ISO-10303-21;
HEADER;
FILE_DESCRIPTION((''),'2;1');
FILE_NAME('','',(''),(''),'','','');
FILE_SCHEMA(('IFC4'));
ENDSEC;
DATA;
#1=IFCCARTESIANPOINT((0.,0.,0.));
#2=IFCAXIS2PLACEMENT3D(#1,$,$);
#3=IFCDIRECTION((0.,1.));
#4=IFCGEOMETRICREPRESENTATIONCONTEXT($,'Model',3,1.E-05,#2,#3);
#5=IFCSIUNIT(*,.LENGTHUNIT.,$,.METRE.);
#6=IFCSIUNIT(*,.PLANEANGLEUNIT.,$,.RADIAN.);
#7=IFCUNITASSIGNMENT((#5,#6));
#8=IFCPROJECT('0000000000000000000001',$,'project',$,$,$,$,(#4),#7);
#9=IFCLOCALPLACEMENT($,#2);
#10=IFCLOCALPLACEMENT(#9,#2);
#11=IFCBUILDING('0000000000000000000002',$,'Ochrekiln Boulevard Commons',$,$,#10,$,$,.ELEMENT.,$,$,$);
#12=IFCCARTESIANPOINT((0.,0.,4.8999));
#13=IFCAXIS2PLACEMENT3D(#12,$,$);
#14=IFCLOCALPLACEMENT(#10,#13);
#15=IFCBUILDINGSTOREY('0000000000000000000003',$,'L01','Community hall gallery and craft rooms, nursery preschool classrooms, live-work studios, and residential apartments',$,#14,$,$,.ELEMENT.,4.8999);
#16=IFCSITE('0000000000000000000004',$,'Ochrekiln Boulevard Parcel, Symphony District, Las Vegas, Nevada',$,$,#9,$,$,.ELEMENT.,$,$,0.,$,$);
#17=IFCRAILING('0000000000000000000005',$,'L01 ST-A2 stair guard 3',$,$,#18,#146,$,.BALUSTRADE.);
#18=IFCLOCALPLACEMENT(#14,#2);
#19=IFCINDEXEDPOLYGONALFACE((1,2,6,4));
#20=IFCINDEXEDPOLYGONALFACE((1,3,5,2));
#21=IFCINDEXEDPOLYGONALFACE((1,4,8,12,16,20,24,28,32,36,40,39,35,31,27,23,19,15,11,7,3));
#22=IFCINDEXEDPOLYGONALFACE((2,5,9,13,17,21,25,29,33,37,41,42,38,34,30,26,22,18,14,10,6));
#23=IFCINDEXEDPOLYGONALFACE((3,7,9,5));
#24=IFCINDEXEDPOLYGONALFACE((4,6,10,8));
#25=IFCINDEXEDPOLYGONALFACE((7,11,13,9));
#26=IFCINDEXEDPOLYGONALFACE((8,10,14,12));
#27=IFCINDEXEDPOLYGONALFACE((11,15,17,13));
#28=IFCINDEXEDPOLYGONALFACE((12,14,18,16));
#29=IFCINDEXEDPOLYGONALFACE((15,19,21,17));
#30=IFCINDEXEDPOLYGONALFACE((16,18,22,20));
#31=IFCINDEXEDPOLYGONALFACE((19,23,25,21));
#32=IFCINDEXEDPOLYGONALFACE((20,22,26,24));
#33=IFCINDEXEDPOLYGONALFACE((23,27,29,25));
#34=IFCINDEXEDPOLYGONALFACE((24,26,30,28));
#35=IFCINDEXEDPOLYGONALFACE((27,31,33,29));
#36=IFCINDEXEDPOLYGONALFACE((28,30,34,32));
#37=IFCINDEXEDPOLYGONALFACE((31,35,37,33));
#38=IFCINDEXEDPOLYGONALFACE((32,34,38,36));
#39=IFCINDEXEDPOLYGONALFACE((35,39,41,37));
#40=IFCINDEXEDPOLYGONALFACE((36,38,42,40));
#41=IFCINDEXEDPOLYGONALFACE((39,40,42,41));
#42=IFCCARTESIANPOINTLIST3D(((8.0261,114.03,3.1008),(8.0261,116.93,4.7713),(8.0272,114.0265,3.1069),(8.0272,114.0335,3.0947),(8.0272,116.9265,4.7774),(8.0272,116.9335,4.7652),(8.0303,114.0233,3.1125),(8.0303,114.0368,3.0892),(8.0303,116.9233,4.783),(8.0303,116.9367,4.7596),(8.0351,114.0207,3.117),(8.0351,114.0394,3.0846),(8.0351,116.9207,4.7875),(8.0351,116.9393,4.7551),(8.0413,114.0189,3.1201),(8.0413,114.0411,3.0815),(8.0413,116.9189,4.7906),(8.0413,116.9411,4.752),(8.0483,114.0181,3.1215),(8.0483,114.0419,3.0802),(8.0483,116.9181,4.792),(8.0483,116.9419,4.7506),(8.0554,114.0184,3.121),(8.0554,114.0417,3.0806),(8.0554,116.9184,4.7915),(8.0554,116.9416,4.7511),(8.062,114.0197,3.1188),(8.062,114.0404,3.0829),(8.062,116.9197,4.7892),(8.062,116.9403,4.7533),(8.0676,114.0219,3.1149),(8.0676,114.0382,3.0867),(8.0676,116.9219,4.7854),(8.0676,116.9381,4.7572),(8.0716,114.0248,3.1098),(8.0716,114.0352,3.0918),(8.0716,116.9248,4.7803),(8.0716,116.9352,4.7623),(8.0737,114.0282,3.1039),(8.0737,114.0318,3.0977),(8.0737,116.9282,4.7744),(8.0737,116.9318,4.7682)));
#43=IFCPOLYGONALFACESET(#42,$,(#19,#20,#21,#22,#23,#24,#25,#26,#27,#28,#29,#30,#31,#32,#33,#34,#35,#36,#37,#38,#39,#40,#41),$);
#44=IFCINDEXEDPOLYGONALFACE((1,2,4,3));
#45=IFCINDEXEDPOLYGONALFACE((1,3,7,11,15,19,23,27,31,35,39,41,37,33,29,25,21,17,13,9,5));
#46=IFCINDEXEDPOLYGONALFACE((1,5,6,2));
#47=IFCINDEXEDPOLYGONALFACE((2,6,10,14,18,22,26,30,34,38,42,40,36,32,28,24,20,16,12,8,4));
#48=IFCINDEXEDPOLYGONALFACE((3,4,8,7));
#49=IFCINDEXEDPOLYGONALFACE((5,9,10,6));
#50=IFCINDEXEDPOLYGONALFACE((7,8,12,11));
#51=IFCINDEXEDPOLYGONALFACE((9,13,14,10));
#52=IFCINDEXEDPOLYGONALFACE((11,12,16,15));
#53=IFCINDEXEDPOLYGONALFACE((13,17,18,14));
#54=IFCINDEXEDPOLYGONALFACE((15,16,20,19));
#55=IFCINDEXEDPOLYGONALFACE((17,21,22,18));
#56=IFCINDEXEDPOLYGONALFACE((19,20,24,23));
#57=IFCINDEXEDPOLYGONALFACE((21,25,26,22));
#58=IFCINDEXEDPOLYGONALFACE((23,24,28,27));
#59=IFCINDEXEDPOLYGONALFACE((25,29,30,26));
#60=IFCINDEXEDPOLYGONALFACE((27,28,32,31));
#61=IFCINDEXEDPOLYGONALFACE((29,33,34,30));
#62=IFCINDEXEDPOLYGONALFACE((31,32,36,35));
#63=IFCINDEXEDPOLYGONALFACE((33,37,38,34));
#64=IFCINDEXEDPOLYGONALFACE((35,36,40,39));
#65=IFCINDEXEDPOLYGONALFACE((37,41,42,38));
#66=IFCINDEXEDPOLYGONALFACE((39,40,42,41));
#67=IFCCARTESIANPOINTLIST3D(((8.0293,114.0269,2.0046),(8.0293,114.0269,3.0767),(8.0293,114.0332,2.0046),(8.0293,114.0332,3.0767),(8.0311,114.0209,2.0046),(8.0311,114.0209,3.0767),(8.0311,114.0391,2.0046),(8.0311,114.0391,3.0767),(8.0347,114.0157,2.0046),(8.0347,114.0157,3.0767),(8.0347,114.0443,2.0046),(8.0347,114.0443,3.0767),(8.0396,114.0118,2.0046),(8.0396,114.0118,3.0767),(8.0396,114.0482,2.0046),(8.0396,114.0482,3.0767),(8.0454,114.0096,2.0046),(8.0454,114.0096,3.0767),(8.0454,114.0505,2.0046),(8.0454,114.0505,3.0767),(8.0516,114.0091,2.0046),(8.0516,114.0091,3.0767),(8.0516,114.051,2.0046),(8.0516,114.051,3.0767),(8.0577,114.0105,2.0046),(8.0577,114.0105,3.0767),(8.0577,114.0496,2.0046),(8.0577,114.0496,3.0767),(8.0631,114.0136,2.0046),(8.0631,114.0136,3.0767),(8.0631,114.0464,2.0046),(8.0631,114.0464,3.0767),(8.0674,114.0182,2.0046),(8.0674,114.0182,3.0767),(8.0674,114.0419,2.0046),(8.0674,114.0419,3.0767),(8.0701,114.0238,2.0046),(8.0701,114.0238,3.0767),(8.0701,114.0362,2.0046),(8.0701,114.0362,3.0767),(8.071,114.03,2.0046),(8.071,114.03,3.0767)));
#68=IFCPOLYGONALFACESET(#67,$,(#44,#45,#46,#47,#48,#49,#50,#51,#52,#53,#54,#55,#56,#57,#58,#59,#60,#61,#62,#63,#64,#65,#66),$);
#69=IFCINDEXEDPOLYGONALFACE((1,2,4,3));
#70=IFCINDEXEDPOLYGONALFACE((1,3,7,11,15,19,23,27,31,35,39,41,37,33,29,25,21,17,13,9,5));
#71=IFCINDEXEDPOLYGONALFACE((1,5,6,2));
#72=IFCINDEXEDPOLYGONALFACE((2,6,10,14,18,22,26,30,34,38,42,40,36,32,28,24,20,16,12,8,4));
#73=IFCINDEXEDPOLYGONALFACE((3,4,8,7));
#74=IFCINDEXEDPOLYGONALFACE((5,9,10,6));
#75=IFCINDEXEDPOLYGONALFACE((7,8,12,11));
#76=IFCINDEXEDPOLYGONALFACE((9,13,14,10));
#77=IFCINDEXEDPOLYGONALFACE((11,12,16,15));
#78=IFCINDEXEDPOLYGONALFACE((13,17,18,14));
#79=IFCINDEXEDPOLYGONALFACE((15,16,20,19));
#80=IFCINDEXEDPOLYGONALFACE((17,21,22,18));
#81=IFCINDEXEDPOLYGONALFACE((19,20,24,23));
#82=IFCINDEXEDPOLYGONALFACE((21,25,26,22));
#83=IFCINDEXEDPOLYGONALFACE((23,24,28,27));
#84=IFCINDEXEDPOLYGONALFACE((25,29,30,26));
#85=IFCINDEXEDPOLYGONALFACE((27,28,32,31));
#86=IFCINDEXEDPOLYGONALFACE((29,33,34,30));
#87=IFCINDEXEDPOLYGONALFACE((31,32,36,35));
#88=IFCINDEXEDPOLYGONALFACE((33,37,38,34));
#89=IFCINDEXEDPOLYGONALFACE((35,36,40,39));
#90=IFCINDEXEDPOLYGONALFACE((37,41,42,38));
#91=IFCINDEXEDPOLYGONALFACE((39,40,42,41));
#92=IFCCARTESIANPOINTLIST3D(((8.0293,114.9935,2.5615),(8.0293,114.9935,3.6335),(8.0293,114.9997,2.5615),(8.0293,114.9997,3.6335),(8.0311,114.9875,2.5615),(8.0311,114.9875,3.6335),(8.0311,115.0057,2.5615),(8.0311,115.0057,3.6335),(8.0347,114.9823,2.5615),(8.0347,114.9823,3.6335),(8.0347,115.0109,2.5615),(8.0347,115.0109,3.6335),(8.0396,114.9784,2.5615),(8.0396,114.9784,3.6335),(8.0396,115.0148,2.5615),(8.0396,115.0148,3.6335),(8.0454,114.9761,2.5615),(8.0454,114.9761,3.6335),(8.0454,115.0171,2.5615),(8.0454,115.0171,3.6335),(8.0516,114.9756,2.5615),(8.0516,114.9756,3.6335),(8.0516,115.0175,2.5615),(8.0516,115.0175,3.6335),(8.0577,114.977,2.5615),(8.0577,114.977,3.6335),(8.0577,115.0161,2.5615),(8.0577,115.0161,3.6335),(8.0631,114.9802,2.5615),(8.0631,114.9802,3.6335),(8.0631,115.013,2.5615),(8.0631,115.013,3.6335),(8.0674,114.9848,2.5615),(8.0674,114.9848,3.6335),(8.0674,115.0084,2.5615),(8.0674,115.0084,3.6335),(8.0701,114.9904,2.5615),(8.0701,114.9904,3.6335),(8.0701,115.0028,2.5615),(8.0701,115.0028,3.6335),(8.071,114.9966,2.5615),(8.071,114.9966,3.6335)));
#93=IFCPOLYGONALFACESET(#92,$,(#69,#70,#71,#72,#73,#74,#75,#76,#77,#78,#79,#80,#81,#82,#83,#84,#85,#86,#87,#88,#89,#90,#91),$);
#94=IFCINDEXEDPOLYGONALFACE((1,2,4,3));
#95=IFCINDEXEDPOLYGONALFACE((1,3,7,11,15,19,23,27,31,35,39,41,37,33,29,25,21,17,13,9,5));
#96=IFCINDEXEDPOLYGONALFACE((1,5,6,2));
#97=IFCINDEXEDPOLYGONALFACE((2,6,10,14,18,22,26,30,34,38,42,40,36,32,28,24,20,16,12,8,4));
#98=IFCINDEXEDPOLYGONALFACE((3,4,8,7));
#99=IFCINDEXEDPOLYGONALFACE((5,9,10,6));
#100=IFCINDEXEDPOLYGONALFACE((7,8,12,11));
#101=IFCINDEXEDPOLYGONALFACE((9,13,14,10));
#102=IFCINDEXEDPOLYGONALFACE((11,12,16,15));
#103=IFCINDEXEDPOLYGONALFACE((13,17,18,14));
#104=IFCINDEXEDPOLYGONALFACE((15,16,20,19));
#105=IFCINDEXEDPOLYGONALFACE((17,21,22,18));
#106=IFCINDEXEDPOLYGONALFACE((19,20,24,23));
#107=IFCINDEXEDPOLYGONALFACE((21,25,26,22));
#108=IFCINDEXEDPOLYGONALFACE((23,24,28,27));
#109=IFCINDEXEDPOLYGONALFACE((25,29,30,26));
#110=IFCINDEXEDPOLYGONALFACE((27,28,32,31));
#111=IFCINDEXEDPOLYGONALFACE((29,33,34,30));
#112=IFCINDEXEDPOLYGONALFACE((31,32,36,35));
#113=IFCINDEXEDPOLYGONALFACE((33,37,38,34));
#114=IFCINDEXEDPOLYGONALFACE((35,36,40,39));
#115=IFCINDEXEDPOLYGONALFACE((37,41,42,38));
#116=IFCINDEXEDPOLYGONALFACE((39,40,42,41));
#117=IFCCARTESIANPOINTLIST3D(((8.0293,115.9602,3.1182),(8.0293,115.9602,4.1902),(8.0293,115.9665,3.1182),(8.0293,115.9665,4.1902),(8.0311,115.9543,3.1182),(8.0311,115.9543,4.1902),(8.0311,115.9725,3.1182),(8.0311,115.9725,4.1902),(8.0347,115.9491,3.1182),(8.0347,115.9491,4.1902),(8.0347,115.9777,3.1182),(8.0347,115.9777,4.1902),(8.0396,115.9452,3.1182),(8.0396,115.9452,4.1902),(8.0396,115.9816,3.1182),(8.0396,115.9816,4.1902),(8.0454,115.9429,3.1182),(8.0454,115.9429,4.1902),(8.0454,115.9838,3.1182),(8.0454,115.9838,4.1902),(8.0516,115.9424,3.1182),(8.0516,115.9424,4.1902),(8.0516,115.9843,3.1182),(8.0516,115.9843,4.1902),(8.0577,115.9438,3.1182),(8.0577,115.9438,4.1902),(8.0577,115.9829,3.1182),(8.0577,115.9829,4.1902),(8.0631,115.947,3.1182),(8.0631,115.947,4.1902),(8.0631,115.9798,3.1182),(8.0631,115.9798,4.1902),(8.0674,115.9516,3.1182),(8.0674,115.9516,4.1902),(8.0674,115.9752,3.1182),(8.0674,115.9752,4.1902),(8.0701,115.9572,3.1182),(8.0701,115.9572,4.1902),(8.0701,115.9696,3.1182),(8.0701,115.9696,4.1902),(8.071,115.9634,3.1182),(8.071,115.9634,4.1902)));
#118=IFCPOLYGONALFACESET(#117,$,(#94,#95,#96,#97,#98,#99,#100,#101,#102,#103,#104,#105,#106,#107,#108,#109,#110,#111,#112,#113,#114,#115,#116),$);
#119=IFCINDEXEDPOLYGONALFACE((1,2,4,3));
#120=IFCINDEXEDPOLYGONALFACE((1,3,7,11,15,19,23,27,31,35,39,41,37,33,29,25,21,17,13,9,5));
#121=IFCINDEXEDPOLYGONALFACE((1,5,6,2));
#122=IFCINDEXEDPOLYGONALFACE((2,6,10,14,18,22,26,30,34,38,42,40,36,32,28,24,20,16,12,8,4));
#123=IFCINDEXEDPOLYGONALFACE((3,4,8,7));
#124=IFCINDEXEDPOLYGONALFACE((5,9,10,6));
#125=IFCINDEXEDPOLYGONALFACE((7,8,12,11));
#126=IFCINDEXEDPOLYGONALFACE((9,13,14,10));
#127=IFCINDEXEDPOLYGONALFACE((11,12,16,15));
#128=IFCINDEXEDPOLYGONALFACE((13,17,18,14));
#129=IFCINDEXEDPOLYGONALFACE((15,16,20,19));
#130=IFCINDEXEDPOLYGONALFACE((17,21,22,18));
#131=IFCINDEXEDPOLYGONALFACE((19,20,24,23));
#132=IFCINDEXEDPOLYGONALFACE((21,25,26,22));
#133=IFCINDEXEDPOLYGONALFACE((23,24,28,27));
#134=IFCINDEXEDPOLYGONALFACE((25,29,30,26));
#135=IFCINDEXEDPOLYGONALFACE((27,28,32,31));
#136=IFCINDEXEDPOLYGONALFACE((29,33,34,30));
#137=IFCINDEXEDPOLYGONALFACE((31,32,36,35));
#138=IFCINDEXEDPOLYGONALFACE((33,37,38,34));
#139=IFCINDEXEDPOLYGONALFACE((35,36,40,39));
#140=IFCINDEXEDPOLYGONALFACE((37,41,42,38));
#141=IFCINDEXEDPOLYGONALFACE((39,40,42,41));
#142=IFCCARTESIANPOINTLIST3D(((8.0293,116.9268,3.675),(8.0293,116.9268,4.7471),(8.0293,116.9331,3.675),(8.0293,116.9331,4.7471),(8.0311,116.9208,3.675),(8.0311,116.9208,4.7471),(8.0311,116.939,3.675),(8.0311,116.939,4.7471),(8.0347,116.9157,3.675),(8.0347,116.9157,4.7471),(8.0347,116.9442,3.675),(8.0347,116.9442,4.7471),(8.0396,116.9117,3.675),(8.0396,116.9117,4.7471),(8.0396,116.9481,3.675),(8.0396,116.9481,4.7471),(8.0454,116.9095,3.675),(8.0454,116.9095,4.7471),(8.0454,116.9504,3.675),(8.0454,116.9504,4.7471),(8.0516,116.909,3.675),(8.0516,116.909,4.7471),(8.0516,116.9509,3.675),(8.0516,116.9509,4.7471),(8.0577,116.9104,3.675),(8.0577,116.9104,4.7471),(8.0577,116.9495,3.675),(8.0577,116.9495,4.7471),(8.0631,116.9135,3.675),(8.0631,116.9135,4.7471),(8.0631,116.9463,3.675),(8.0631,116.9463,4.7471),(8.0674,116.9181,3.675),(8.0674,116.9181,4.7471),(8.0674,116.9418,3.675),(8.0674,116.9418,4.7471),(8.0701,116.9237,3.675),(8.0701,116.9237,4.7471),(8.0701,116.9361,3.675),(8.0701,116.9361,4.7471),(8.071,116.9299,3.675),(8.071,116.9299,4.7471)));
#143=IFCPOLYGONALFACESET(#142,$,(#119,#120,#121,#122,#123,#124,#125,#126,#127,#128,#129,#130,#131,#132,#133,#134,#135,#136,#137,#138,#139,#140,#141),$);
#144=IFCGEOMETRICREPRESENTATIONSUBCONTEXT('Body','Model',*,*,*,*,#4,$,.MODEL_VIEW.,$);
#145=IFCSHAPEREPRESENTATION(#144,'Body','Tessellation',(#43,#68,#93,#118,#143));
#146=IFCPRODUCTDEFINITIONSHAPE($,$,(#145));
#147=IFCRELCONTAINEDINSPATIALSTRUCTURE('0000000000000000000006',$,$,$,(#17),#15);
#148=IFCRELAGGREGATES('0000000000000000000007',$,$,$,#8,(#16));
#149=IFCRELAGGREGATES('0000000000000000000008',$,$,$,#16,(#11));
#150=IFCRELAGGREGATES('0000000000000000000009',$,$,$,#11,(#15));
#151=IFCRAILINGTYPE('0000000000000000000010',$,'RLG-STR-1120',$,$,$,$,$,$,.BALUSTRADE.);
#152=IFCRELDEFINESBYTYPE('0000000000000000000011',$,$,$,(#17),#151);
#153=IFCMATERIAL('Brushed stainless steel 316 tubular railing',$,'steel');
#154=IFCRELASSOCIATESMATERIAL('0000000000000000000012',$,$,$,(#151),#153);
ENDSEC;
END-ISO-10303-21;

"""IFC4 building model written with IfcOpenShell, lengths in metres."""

from ifc_helpers import new_model, si_unit, direction, frame, origin, origin_2d, place, context, subcontext, project, spatial, circle, extrude, material, type_object, element, save


model = new_model("IFC4")

# Units and contexts
model_context = context("Model", 3, precision=1e-05, world=origin(), true_north=direction((0.0, 1.0)))
body_context = subcontext(model_context, "Body", "Model", "MODEL_VIEW")
ifc_project = project(units=[si_unit("LENGTHUNIT", "METRE"), si_unit("PLANEANGLEUNIT", "RADIAN")], contexts=[model_context])

# Site, building, storey
site_placement = place(None, origin())
site = spatial("IfcSite", under=ifc_project, at=site_placement, Name="Ochrekiln Boulevard Parcel, Symphony District, Las Vegas, Nevada", CompositionType="ELEMENT", RefElevation=0.0)
building_placement = place(site_placement, origin())
building = spatial("IfcBuilding", under=site, at=building_placement, Name="Ochrekiln Boulevard Commons", CompositionType="ELEMENT")
storey_placement = place(building_placement, frame((0.0, 0.0, 4.8999)))
storey = spatial("IfcBuildingStorey", under=building, at=storey_placement, Name="L01", Description="Community hall gallery and craft rooms, nursery preschool classrooms, live-work studios, and residential apartments", CompositionType="ELEMENT", Elevation=4.8999)

# Railing
ifc_material_1 = material(Name="Brushed stainless steel 316 tubular railing", Category="steel")
railing_type_1 = type_object("IfcRailingType", Name="RLG-STR-1120", PredefinedType="BALUSTRADE", material=ifc_material_1)
railing_1_placement = place(storey_placement, frame((8.05, 114.03, 2.0046)))
element("IfcRailing", 1, at=railing_1_placement, inside=storey, type_object=railing_type_1, Name="L01 ST-A2 stair guard 3", PredefinedType="BALUSTRADE", context=body_context, shape_type="SweptSolid", body=[
    extrude(circle(Radius=0.0239, at=origin_2d()), frame((0.0, 0.0, 1.0962), z_axis=(0.0, 0.866523, 0.499137), x_axis=(-1.0, 0.0, 0.0)), (0.0, 0.0, 1.0), 3.3467),
    extrude(circle(Radius=0.021, at=origin_2d()), origin(), (0.0, 0.0, 1.0), 1.072),
    extrude(circle(Radius=0.021, at=origin_2d()), frame((0.0, 0.9666, 0.5569)), (0.0, 0.0, 1.0), 1.072),
    extrude(circle(Radius=0.021, at=origin_2d()), frame((0.0, 1.9333, 1.1135)), (0.0, 0.0, 1.0), 1.072),
    extrude(circle(Radius=0.021, at=origin_2d()), frame((0.0, 2.8999, 1.6704)), (0.0, 0.0, 1.0), 1.072),
])

save(model, "model.ifc")
